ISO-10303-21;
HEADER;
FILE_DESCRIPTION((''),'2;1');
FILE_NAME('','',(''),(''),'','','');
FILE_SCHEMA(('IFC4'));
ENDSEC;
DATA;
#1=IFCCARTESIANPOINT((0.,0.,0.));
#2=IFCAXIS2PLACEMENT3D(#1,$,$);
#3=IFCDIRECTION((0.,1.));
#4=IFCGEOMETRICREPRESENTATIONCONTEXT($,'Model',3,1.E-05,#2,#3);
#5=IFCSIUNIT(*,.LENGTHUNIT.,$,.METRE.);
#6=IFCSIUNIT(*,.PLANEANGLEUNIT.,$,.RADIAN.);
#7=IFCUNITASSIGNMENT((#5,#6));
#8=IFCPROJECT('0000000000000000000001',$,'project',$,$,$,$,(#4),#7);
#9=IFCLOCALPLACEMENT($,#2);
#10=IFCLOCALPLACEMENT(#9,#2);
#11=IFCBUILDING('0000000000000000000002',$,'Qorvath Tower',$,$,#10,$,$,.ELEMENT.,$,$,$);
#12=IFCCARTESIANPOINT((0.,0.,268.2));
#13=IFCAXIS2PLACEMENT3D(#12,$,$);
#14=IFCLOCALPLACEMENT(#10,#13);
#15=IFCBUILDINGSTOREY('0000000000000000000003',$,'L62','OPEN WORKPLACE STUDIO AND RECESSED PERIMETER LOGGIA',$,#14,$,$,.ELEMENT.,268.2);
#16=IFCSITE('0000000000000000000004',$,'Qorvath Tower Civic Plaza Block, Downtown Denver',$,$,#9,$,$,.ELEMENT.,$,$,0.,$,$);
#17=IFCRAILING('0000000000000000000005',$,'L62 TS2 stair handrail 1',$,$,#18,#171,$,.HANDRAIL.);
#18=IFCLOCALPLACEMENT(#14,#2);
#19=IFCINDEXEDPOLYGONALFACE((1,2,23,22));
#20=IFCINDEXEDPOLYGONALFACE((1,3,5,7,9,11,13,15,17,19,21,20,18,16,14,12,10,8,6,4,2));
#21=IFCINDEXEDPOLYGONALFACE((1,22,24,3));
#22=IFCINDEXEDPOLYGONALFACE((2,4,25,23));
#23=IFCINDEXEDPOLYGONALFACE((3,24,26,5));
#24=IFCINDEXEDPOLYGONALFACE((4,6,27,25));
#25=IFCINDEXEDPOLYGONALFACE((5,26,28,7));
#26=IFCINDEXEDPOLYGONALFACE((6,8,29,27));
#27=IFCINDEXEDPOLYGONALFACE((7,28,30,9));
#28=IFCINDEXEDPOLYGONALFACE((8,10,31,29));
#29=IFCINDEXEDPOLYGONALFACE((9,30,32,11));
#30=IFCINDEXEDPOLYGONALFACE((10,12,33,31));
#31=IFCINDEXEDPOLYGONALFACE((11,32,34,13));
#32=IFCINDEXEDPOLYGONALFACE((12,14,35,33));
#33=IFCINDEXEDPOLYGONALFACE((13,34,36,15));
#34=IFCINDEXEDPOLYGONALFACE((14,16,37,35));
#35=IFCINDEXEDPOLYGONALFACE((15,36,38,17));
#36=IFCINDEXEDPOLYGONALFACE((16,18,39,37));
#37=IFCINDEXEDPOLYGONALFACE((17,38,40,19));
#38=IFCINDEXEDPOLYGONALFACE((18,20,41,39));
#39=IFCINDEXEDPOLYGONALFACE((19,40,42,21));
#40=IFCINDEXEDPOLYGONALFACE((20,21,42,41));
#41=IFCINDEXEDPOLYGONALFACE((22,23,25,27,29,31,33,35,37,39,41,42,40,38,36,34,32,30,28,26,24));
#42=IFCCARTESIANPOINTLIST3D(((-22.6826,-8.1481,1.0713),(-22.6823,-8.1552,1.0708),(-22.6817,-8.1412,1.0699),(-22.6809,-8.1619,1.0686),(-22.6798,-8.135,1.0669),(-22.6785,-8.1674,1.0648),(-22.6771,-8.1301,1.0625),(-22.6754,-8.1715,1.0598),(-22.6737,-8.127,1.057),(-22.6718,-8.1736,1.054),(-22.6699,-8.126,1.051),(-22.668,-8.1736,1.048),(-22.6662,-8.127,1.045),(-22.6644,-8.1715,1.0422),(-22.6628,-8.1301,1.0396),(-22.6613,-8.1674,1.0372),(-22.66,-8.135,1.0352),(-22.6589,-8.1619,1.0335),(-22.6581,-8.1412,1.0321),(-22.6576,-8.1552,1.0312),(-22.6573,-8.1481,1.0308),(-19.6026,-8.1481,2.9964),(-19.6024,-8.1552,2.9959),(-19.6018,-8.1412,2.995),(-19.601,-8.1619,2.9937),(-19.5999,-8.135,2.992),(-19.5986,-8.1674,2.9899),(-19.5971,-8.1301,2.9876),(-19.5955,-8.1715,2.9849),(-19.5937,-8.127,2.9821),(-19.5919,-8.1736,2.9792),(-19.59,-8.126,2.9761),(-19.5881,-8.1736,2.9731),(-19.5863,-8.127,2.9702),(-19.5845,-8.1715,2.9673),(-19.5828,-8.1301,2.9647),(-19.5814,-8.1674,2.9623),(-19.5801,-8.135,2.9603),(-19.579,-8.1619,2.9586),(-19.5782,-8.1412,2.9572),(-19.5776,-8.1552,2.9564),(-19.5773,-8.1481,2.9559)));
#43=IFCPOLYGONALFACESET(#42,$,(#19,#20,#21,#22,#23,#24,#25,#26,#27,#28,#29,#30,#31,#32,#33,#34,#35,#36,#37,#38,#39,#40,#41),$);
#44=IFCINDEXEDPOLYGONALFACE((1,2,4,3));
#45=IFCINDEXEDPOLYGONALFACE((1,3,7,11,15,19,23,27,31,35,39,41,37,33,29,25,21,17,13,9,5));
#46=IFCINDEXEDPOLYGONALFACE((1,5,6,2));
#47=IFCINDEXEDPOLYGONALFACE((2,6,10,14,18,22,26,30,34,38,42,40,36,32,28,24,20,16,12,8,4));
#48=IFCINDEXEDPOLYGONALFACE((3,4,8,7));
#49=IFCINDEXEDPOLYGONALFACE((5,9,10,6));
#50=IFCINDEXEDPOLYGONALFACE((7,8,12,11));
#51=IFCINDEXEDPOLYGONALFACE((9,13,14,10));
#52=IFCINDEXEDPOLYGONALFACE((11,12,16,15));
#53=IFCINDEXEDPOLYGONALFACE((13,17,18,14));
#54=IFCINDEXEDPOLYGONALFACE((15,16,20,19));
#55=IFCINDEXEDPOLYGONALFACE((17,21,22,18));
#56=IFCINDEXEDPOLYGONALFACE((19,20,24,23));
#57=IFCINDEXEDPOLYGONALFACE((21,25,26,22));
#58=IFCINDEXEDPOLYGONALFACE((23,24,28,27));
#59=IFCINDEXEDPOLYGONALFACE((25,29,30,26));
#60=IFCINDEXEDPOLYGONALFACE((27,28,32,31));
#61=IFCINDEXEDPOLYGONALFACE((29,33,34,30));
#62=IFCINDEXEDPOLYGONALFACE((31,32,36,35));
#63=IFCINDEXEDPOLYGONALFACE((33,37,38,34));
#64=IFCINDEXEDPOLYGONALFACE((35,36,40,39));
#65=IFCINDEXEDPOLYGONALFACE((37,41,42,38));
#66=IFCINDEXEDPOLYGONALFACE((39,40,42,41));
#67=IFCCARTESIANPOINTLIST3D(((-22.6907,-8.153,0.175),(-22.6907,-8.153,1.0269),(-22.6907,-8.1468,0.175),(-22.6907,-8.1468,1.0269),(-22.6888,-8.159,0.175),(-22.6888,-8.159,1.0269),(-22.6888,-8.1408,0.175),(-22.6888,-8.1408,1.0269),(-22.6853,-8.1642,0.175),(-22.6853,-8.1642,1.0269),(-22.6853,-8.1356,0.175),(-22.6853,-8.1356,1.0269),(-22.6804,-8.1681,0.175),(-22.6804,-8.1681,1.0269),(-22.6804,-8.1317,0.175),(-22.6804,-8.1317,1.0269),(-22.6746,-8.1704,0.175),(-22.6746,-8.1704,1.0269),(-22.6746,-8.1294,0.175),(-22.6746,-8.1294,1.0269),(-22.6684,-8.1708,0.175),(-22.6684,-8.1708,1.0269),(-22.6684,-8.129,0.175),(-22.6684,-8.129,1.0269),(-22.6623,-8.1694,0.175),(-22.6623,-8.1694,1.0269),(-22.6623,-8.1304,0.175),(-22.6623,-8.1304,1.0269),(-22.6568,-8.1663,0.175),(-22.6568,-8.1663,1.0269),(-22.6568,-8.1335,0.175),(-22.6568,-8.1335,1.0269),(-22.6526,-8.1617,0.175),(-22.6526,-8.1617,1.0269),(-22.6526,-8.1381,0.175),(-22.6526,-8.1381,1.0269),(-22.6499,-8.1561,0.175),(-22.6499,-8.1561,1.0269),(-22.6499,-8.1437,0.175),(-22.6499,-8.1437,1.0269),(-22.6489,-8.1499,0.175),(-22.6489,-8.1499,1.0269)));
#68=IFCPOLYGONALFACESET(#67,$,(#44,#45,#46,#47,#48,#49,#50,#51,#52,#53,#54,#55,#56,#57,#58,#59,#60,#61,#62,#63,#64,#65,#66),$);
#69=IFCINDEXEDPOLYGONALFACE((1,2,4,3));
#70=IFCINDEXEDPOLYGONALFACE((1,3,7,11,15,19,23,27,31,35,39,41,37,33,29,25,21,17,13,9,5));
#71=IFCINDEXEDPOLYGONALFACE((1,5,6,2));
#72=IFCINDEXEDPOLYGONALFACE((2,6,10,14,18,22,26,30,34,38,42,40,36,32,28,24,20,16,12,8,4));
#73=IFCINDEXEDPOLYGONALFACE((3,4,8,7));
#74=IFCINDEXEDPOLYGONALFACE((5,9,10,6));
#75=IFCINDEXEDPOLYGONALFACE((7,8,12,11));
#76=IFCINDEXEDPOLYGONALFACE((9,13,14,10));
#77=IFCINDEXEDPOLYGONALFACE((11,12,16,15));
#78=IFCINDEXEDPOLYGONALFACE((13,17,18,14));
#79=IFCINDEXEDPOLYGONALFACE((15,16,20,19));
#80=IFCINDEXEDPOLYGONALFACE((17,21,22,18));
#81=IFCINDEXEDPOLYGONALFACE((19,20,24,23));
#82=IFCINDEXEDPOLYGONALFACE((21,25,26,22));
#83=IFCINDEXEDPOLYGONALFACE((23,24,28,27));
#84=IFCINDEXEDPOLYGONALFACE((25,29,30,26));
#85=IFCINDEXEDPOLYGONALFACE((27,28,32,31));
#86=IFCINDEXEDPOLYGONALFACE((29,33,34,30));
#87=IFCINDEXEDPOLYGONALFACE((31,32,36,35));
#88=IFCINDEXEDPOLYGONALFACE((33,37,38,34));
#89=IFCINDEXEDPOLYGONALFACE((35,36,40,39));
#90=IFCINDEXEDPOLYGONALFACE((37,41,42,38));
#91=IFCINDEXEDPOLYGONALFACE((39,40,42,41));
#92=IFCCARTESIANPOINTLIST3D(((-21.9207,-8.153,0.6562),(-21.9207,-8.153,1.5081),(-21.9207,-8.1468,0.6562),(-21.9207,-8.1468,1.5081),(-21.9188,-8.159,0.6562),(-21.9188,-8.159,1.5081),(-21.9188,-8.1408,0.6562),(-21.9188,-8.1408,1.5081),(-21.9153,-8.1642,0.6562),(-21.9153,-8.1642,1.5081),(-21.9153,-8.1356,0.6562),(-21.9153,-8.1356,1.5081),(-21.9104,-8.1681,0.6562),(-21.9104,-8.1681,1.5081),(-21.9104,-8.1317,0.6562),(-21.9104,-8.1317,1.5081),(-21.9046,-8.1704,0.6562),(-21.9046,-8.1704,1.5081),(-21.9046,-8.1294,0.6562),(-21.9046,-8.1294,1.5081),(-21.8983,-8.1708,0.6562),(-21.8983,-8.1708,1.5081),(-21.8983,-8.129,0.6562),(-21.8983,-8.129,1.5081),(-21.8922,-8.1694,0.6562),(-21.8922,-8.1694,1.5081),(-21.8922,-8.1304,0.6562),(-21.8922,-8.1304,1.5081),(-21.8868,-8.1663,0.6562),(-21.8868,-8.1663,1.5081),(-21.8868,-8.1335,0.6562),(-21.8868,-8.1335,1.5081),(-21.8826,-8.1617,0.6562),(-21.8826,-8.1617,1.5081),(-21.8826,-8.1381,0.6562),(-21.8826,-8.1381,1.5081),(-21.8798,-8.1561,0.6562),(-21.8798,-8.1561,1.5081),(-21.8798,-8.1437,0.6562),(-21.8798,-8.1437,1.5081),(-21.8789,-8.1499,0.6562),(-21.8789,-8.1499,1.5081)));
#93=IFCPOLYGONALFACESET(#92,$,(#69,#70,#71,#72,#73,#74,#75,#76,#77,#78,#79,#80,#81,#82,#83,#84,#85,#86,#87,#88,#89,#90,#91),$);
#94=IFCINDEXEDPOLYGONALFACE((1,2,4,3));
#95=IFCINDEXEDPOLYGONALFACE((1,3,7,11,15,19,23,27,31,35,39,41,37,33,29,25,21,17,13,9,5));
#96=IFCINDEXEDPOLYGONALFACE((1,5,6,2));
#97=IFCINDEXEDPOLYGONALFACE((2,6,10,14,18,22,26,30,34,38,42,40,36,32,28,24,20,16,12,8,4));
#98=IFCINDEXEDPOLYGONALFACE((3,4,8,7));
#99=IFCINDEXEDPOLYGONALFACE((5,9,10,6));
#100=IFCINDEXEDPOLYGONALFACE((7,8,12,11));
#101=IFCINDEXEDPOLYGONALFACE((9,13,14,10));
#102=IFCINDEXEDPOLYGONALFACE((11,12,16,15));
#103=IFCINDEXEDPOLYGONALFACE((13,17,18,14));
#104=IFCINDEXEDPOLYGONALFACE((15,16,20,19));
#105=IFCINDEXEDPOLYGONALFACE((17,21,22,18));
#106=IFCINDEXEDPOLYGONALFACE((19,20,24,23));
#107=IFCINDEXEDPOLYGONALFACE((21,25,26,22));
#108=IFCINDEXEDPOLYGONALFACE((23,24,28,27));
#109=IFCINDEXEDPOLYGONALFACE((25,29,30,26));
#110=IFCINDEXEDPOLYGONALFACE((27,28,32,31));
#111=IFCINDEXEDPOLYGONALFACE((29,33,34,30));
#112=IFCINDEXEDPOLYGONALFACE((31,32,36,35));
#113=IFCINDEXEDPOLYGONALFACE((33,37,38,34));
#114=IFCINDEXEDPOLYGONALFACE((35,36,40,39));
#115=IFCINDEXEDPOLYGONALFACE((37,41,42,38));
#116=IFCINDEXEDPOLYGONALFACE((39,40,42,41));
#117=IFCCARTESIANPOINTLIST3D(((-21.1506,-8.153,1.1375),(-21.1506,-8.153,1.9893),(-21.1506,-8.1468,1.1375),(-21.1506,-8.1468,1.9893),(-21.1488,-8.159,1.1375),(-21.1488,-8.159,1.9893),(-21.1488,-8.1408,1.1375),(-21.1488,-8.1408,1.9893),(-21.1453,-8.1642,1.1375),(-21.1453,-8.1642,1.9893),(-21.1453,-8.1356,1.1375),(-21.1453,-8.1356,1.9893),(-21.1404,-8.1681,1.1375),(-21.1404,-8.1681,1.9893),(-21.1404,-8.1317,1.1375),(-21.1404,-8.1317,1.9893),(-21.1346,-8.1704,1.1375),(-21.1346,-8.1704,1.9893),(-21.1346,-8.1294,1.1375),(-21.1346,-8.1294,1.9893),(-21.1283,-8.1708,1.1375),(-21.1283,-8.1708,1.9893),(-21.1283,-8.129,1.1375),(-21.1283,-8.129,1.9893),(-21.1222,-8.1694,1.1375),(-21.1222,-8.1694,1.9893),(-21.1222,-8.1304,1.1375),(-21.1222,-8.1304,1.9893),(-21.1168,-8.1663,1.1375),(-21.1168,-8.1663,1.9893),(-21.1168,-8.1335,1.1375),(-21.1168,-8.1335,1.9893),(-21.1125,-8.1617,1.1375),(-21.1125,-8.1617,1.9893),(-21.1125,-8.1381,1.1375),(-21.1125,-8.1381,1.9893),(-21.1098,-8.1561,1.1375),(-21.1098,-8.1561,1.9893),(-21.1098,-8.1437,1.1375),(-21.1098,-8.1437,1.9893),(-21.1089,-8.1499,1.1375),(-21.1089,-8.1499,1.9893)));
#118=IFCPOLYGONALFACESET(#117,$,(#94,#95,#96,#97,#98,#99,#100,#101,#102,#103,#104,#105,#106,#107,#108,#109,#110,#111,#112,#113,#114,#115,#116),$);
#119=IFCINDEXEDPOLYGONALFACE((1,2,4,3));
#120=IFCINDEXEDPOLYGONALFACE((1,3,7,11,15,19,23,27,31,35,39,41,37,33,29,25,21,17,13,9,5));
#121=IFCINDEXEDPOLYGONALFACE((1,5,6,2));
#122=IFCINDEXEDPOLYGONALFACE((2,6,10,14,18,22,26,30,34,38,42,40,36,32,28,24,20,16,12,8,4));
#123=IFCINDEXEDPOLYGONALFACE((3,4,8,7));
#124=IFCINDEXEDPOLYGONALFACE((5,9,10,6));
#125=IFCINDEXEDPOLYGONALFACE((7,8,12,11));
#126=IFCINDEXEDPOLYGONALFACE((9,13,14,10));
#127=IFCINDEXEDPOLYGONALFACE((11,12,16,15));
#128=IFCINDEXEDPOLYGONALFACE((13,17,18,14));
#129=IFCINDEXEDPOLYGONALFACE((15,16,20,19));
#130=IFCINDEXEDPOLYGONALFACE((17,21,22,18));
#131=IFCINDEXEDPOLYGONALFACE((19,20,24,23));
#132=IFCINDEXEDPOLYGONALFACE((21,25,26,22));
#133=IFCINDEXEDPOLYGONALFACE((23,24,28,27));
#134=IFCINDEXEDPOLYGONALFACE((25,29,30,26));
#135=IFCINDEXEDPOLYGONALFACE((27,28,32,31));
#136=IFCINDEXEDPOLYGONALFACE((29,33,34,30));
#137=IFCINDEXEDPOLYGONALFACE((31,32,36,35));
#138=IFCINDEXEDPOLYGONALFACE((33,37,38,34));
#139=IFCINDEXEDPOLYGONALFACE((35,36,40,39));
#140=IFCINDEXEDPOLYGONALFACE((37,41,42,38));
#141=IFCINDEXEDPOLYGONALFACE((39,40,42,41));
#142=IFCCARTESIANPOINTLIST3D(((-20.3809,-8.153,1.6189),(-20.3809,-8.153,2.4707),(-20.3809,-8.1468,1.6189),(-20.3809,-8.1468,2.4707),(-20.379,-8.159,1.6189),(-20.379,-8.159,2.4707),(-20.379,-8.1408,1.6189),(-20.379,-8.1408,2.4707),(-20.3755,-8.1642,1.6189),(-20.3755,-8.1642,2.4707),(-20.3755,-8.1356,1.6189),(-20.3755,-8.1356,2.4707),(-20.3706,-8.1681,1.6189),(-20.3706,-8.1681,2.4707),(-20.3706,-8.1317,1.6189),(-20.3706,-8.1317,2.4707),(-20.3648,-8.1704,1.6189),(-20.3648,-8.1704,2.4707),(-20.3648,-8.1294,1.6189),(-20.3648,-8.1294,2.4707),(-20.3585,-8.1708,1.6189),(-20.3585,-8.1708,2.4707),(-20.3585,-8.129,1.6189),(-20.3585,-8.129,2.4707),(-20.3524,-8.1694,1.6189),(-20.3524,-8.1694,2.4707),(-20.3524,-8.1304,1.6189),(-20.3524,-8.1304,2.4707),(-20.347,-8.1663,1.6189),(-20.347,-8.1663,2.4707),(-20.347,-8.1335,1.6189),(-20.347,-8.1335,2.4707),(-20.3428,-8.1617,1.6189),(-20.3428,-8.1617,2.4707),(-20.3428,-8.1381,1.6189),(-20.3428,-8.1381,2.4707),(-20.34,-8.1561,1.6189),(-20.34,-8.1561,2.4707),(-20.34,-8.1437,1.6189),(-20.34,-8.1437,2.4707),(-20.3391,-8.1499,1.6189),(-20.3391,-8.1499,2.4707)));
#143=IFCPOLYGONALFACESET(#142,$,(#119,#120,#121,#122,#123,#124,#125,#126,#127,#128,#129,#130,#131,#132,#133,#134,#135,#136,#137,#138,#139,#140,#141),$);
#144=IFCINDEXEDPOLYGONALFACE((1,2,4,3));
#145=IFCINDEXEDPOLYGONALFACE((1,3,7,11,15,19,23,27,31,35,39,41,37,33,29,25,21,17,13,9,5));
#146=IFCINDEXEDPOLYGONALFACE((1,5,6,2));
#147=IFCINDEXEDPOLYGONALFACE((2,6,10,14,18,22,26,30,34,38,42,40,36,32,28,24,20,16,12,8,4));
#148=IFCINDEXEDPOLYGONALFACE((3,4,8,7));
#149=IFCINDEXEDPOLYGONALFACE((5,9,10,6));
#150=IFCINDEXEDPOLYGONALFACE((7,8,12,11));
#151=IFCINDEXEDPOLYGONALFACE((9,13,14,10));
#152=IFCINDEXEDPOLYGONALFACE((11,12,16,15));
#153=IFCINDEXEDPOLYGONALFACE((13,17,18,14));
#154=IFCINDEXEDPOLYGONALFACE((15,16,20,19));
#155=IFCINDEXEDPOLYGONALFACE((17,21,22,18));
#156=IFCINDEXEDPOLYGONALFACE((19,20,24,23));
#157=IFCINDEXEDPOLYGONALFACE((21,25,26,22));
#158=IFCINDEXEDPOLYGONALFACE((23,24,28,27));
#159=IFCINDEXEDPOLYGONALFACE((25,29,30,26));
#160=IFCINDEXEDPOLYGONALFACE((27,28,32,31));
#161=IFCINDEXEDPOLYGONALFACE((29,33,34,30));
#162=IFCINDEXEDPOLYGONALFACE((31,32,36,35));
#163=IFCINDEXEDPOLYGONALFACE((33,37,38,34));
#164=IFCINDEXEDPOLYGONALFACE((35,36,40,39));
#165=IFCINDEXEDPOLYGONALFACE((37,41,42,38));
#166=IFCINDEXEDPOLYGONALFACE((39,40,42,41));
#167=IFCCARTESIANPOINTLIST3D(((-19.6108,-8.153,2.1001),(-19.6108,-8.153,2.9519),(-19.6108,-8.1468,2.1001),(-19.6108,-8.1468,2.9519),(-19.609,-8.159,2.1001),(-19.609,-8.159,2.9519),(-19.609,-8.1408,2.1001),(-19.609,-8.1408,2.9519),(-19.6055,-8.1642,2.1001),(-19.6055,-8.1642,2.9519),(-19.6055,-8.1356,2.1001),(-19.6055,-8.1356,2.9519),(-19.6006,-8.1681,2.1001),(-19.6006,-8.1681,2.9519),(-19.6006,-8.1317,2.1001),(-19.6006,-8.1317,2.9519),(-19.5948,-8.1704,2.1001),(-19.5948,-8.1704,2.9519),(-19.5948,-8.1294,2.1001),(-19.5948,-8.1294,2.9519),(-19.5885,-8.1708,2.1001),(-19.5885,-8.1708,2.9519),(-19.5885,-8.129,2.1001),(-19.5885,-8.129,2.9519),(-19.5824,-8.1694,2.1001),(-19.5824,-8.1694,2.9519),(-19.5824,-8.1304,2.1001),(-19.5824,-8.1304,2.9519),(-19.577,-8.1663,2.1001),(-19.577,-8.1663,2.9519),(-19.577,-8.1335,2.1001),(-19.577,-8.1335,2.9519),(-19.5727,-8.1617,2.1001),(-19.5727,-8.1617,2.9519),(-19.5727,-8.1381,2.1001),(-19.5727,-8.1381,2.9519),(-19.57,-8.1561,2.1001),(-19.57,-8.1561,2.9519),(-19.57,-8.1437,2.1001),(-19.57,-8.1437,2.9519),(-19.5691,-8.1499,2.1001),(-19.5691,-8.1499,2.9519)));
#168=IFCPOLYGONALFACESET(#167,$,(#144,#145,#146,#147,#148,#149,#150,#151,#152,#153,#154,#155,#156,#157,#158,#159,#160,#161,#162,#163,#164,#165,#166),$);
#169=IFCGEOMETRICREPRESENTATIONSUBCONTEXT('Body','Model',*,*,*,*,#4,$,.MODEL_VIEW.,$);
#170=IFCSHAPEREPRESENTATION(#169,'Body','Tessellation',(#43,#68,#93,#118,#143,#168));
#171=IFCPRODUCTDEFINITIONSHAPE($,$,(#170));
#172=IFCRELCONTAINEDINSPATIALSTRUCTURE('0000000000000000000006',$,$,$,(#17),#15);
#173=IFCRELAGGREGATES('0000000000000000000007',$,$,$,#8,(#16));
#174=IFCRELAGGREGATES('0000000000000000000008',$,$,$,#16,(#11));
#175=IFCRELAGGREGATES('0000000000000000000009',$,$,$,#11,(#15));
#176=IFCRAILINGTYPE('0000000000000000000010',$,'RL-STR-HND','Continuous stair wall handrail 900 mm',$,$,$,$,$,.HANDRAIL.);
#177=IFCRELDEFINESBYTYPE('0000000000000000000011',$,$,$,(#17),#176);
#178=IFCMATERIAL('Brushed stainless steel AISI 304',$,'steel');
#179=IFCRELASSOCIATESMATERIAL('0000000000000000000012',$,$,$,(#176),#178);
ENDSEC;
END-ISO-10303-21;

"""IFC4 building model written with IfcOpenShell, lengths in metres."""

from ifc_helpers import new_model, si_unit, direction, frame, origin, origin_2d, place, context, subcontext, project, spatial, circle, extrude, material, type_object, element, save


model = new_model("IFC4")

# Units and contexts
model_context = context("Model", 3, precision=1e-05, world=origin(), true_north=direction((0.0, 1.0)))
body_context = subcontext(model_context, "Body", "Model", "MODEL_VIEW")
ifc_project = project(units=[si_unit("LENGTHUNIT", "METRE"), si_unit("PLANEANGLEUNIT", "RADIAN")], contexts=[model_context])

# Site, building, storey
site_placement = place(None, origin())
site = spatial("IfcSite", under=ifc_project, at=site_placement, Name="Qorvath Tower Civic Plaza Block, Downtown Denver", CompositionType="ELEMENT", RefElevation=0.0)
building_placement = place(site_placement, origin())
building = spatial("IfcBuilding", under=site, at=building_placement, Name="Qorvath Tower", CompositionType="ELEMENT")
storey_placement = place(building_placement, frame((0.0, 0.0, 268.2)))
storey = spatial("IfcBuildingStorey", under=building, at=storey_placement, Name="L62", Description="OPEN WORKPLACE STUDIO AND RECESSED PERIMETER LOGGIA", CompositionType="ELEMENT", Elevation=268.2)

# Railing
ifc_material_1 = material(Name="Brushed stainless steel AISI 304", Category="steel")
railing_type = type_object("IfcRailingType", Name="RL-STR-HND", Description="Continuous stair wall handrail 900 mm", PredefinedType="HANDRAIL", material=ifc_material_1)
railing_placement = place(storey_placement, frame((-22.6699, -8.1499, 0.175)))
element("IfcRailing", 1, at=railing_placement, inside=storey, type_object=railing_type, Name="L62 TS2 stair handrail 1", PredefinedType="HANDRAIL", context=body_context, shape_type="SweptSolid", body=[
    extrude(circle(Radius=0.0239, at=origin_2d()), frame((0.0, 0.0, 0.876), z_axis=(0.847979, 0.0, 0.530029), x_axis=(0.0, 1.0, 0.0)), (0.0, 0.0, 1.0), 3.6321),
    extrude(circle(Radius=0.021, at=origin_2d()), origin(), (0.0, 0.0, 1.0), 0.8518),
    extrude(circle(Radius=0.021, at=origin_2d()), frame((0.77, 0.0, 0.4812)), (0.0, 0.0, 1.0), 0.8518),
    extrude(circle(Radius=0.021, at=origin_2d()), frame((1.54, 0.0, 0.9624)), (0.0, 0.0, 1.0), 0.8518),
    extrude(circle(Radius=0.021, at=origin_2d()), frame((2.3098, 0.0, 1.4438)), (0.0, 0.0, 1.0), 0.8518),
    extrude(circle(Radius=0.021, at=origin_2d()), frame((3.0798, 0.0, 1.925)), (0.0, 0.0, 1.0), 0.8518),
])

save(model, "model.ifc")
